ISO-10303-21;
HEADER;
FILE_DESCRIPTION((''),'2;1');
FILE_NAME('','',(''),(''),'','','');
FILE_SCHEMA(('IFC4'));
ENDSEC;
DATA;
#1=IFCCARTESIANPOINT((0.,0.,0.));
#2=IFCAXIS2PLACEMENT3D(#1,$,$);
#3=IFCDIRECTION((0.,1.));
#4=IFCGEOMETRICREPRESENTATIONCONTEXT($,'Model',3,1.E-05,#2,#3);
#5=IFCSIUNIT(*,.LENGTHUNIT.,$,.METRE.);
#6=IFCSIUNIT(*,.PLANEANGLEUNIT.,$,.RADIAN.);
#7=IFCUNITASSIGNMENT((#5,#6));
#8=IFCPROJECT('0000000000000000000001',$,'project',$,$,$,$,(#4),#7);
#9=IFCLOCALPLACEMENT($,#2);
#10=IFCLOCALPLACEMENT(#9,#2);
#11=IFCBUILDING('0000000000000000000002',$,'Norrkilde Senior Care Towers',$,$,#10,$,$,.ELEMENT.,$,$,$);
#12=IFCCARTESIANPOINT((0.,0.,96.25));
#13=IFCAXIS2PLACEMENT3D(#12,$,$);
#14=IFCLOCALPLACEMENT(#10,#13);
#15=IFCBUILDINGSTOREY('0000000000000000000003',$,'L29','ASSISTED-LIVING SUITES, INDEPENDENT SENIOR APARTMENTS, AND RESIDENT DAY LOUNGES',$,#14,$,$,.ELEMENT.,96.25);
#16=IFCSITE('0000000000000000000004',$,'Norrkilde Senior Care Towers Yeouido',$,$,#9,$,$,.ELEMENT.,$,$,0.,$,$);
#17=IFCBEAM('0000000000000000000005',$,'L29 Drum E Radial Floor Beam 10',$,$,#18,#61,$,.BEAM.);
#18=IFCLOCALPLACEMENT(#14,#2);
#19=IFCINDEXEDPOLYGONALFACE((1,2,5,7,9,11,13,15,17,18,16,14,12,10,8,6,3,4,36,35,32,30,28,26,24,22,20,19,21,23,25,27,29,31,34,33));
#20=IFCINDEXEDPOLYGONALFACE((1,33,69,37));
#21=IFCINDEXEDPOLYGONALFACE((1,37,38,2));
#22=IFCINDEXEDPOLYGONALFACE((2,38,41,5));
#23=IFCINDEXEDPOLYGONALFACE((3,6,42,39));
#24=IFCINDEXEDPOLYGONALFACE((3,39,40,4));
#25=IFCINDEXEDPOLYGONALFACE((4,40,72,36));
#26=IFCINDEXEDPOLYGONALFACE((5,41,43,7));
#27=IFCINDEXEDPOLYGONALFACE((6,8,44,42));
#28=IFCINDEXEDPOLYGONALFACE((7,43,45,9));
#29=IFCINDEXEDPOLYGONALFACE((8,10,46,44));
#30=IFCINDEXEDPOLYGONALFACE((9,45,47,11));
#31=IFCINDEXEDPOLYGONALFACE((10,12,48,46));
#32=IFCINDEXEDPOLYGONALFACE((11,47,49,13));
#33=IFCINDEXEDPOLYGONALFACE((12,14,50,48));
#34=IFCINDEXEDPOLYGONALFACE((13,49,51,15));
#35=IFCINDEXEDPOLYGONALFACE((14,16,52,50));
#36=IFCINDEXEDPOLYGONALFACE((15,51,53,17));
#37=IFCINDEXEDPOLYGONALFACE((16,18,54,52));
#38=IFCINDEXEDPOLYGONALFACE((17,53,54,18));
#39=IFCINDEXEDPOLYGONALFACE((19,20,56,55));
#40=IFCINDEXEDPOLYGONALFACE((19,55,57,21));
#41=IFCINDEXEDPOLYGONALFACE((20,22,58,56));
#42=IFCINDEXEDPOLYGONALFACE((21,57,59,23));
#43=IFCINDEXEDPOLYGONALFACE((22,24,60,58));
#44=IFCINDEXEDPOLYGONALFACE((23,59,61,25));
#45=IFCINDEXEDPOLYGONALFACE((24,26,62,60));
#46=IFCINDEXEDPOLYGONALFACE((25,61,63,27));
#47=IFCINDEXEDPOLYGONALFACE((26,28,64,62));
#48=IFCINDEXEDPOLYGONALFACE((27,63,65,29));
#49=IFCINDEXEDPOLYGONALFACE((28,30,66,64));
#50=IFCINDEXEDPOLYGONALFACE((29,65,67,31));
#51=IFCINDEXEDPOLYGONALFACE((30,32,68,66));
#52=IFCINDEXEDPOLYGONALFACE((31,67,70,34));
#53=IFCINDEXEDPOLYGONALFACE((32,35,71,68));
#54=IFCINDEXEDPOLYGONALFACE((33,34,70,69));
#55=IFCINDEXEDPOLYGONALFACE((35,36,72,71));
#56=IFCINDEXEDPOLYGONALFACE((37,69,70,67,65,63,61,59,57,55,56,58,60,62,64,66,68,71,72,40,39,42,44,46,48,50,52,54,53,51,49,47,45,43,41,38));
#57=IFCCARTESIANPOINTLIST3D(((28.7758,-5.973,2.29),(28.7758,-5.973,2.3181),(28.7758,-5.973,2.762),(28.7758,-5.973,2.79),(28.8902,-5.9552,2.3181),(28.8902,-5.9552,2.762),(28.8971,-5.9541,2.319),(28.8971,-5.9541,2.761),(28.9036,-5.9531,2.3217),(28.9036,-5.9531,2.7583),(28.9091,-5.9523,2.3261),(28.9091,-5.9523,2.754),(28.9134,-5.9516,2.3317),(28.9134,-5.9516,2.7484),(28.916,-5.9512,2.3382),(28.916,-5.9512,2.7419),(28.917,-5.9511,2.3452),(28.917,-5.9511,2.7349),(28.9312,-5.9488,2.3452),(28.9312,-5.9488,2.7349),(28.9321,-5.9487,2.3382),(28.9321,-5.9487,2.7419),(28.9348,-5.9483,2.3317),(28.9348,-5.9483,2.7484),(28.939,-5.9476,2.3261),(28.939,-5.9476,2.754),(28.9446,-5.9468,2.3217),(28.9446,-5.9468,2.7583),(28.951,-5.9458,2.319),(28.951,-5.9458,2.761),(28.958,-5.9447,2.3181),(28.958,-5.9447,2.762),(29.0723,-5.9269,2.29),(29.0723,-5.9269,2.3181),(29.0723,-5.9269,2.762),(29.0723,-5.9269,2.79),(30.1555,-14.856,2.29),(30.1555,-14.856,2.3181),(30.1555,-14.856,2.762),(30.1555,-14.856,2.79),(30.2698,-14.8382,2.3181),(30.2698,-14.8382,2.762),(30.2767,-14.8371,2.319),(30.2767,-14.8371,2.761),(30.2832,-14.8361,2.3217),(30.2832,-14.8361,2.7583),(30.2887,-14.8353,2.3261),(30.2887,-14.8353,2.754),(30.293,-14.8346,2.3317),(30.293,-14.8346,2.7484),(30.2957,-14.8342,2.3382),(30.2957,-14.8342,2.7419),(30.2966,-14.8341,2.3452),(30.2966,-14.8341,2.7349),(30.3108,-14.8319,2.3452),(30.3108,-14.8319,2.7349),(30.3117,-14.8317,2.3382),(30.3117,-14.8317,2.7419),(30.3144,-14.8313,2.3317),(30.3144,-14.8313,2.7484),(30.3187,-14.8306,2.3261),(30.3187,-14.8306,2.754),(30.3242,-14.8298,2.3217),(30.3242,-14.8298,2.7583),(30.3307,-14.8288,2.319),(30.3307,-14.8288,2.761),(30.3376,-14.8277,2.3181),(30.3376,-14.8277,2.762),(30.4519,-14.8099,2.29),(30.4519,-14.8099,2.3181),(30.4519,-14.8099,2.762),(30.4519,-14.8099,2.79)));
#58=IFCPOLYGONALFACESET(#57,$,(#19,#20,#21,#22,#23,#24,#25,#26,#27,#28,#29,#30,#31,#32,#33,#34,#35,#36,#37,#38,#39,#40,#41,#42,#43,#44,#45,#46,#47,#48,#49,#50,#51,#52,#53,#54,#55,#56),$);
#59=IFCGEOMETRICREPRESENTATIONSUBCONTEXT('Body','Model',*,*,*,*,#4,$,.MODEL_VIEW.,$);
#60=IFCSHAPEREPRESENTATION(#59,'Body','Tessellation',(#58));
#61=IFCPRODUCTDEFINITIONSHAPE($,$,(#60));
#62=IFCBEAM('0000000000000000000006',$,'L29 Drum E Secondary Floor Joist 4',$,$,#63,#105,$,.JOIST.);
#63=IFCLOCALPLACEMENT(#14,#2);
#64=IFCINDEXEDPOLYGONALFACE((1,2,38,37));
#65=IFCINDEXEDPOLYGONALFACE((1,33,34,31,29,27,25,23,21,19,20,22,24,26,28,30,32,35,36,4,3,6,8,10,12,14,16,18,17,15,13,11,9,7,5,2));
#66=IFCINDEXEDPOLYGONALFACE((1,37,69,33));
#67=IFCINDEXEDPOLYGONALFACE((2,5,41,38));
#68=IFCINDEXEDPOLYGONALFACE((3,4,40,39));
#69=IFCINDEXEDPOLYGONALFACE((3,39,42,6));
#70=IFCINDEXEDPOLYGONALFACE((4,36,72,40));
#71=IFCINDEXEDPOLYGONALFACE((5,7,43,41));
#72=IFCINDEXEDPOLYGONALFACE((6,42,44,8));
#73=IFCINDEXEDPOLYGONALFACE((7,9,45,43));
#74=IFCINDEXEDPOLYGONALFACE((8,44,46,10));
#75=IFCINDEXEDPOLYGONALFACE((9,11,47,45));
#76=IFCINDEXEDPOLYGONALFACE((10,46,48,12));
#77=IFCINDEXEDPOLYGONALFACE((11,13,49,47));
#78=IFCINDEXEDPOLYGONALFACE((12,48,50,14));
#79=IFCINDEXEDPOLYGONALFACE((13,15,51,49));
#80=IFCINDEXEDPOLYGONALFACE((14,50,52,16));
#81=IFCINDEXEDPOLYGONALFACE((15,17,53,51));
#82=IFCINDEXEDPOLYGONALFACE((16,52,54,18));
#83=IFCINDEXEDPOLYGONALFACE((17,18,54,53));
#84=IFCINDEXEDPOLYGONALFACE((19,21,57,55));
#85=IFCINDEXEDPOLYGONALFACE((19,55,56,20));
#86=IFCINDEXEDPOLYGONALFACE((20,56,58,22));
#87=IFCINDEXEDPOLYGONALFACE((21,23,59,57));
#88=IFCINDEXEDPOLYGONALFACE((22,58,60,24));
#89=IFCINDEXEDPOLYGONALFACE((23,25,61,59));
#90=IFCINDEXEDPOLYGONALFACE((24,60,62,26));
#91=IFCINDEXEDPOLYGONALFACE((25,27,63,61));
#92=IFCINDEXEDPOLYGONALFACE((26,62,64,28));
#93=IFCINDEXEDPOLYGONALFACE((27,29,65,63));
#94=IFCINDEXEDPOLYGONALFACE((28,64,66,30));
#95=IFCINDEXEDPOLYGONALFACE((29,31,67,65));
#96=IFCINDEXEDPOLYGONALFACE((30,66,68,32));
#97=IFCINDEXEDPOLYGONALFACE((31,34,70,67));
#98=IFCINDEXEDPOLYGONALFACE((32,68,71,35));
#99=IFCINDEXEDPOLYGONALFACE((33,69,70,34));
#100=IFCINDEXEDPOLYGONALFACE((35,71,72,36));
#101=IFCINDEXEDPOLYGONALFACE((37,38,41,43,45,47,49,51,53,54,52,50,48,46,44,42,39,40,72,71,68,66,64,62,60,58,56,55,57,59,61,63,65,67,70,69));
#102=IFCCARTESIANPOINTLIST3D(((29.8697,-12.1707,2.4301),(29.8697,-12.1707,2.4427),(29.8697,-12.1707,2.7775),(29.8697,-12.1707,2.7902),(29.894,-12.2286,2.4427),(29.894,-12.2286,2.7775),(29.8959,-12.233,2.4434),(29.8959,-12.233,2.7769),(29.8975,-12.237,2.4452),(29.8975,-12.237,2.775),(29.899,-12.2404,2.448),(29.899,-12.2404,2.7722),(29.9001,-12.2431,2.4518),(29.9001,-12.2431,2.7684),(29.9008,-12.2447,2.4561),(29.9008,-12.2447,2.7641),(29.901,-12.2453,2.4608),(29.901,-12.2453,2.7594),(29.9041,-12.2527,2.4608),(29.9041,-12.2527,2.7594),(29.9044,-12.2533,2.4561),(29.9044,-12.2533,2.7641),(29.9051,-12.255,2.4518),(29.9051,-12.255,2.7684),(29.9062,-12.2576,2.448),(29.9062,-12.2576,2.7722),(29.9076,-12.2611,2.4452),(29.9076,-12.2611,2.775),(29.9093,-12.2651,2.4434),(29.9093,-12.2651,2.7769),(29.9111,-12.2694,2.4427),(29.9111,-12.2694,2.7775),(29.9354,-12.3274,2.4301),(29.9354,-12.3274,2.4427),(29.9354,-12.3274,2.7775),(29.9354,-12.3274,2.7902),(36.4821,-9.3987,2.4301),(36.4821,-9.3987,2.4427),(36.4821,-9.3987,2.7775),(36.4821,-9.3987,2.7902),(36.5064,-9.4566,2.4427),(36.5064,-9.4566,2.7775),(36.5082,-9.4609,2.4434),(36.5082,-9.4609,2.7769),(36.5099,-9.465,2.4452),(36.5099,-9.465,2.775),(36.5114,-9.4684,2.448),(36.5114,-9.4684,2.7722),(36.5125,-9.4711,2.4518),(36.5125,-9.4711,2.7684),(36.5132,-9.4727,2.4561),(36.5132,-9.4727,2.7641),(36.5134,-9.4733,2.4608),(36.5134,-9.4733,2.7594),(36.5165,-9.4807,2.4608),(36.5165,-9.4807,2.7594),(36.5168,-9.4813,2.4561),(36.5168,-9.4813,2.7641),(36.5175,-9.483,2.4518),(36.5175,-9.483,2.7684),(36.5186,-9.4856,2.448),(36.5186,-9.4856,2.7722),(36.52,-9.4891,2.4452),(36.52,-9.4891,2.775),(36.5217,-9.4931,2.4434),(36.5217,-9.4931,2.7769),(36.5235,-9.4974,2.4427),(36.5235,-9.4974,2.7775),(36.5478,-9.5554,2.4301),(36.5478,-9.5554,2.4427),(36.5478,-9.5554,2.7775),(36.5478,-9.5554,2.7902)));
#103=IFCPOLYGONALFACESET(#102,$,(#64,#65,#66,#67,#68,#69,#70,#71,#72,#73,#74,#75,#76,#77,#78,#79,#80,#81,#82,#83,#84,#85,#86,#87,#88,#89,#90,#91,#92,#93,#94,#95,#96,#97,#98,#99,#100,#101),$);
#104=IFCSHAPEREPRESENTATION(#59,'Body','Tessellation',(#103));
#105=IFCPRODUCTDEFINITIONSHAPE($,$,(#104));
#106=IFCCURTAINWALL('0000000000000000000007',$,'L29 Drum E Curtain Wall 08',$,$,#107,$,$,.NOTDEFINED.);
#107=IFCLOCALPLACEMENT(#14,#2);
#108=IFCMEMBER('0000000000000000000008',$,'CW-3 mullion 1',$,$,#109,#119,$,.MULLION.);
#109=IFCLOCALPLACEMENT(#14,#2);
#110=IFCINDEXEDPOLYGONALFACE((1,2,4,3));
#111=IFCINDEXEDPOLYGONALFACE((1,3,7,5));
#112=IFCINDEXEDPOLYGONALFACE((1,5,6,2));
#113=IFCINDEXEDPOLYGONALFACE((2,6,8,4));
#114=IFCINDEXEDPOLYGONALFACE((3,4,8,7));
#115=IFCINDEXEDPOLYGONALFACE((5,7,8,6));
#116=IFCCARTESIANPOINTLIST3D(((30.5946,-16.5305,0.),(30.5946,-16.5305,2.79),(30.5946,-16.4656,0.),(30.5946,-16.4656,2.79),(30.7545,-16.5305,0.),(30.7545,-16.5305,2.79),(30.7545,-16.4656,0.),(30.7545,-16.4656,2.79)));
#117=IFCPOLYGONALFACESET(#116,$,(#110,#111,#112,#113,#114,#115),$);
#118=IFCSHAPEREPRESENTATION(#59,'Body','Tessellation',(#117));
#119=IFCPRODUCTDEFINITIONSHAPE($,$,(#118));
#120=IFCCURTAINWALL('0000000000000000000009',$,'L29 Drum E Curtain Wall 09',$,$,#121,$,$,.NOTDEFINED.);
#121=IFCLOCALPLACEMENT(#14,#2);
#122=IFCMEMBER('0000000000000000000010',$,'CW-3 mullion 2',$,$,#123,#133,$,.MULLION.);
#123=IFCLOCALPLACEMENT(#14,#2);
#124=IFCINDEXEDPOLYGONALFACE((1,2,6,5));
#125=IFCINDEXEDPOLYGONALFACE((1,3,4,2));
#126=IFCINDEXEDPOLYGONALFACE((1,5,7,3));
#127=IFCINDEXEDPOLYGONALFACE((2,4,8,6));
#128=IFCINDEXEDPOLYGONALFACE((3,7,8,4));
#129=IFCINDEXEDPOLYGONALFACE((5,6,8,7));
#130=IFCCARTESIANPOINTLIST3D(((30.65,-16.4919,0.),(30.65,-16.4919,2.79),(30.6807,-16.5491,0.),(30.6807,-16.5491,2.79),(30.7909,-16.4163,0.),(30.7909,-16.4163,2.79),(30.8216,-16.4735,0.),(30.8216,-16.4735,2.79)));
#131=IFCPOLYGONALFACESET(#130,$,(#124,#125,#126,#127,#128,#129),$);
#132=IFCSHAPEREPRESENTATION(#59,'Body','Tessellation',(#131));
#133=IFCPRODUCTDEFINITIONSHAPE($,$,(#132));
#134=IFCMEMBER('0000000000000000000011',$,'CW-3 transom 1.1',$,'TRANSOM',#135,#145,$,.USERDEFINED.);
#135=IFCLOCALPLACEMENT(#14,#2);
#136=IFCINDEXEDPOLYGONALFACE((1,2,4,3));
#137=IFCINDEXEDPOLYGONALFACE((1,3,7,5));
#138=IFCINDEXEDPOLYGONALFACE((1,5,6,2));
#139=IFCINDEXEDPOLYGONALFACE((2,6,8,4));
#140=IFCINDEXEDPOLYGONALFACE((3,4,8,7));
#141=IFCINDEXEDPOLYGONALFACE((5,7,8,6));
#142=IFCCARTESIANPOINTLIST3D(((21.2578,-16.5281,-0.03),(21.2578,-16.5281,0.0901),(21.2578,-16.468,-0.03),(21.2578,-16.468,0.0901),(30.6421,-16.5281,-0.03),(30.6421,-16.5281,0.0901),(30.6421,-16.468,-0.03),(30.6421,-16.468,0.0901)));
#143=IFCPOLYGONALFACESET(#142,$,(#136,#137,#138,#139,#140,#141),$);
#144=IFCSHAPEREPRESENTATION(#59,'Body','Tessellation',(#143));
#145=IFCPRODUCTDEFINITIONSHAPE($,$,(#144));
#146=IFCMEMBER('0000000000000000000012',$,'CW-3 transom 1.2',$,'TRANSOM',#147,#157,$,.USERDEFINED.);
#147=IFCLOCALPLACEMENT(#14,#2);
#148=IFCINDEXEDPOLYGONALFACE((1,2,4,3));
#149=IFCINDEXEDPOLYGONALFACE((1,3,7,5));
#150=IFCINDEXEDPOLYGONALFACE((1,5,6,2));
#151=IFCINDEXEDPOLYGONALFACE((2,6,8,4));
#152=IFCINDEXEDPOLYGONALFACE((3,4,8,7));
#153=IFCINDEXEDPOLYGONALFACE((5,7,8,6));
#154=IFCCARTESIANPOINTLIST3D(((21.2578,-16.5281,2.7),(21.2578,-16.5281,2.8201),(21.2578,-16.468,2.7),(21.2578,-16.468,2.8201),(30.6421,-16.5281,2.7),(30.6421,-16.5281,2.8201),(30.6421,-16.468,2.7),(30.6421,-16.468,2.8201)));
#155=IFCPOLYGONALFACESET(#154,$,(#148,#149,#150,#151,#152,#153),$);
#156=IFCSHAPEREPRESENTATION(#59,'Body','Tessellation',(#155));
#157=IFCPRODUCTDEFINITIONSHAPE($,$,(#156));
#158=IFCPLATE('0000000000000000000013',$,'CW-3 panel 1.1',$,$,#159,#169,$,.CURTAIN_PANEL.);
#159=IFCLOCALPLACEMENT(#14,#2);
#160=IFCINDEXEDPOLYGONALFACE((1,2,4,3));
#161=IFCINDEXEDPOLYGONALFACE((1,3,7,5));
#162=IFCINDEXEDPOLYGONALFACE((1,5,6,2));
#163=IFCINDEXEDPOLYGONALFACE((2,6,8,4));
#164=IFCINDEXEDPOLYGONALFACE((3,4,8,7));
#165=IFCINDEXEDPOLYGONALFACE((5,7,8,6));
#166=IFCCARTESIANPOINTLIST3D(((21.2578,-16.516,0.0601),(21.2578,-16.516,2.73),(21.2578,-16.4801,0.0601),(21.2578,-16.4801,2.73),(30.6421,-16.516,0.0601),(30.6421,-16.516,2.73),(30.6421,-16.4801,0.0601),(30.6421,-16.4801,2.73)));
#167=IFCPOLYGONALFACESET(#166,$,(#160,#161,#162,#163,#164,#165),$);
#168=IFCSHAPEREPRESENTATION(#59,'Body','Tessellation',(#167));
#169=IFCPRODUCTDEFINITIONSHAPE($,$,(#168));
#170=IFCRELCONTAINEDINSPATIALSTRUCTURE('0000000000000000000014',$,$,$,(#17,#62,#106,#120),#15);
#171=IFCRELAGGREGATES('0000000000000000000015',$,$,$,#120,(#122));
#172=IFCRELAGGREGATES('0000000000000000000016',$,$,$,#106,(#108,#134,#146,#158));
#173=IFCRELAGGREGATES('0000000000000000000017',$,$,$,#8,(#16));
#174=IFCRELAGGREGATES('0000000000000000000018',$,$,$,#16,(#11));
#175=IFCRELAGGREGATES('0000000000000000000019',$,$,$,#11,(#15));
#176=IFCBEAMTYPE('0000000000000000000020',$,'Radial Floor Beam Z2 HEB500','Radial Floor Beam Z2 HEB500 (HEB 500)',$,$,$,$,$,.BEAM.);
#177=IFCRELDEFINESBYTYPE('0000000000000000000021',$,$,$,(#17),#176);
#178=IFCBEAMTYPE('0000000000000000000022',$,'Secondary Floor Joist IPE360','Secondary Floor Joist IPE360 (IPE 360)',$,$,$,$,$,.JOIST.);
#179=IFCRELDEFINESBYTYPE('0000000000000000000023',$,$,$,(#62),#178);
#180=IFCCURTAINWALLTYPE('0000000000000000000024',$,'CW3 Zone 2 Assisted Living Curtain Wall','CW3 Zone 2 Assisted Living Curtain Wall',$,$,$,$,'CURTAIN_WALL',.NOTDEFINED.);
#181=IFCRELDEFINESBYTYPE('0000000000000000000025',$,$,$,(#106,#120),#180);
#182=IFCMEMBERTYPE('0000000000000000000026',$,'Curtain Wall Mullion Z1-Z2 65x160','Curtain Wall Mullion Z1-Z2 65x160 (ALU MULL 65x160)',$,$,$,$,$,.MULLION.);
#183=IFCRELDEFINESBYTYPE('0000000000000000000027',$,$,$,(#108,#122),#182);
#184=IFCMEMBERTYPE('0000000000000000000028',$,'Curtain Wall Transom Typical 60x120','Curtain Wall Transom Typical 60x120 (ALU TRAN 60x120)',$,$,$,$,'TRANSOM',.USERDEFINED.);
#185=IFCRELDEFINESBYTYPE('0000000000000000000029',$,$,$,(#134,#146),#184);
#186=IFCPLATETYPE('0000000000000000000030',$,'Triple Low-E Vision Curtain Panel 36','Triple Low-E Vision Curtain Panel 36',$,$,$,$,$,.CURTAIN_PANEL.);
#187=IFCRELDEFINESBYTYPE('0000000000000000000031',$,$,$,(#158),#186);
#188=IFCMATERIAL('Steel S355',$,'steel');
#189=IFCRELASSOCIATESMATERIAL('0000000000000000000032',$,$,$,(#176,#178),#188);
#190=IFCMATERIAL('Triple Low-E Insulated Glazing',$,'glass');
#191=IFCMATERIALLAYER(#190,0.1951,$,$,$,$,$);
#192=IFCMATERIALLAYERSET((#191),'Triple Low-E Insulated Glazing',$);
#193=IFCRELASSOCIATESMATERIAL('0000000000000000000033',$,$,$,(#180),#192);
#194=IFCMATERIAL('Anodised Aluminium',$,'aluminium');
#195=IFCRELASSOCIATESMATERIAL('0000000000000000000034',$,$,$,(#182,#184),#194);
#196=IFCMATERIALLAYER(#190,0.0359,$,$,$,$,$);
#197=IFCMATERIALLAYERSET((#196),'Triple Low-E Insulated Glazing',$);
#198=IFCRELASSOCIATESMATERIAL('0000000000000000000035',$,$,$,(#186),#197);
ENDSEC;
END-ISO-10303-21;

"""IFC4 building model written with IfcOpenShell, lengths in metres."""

from ifc_helpers import new_model, si_unit, direction, frame, origin, origin_2d, place, context, subcontext, project, spatial, rectangle, i_section, extrude, source, transform, mapped, material, layer, layer_set, material_profile, profile_set, type_object, type_shapes, element, aggregate, save


model = new_model("IFC4")

# Units and contexts
model_context = context("Model", 3, precision=1e-05, world=origin(), true_north=direction((0.0, 1.0)))
body_context = subcontext(model_context, "Body", "Model", "MODEL_VIEW")
ifc_project = project(units=[si_unit("LENGTHUNIT", "METRE"), si_unit("PLANEANGLEUNIT", "RADIAN")], contexts=[model_context])

# Site, building, storey
site_placement = place(None, origin())
site = spatial("IfcSite", under=ifc_project, at=site_placement, Name="Norrkilde Senior Care Towers Yeouido", CompositionType="ELEMENT", RefElevation=0.0)
building_placement = place(site_placement, origin())
building = spatial("IfcBuilding", under=site, at=building_placement, Name="Norrkilde Senior Care Towers", CompositionType="ELEMENT")
storey_placement = place(building_placement, frame((0.0, 0.0, 96.25)))
storey = spatial("IfcBuildingStorey", under=building, at=storey_placement, Name="L29", Description="ASSISTED-LIVING SUITES, INDEPENDENT SENIOR APARTMENTS, AND RESIDENT DAY LOUNGES", CompositionType="ELEMENT", Elevation=96.25)

# Beams
ifc_material_1 = material(Name="Steel S355", Category="steel")
ifc_material_profile_1 = material_profile(ifc_material_1, i_section(OverallWidth=0.3, OverallDepth=0.5, WebThickness=0.0144, FlangeThickness=0.0281, FilletRadius=0.0271, at=origin_2d()), Name="HEB 500")
ifc_profile_set_1 = profile_set([ifc_material_profile_1], Name="Steel S355")
beam_type_1 = type_object("IfcBeamType", Name="Radial Floor Beam Z2 HEB500", Description="Radial Floor Beam Z2 HEB500 (HEB 500)", PredefinedType="BEAM", material=ifc_profile_set_1)
shared_shape_1 = source(origin(), body_context, "Body", "SweptSolid", [
    extrude(i_section(OverallWidth=0.3, OverallDepth=0.5, WebThickness=0.0144, FlangeThickness=0.0281, FilletRadius=0.0271, at=origin_2d()), origin(), (0.0, 0.0, 1.0), 8.9895),
])
beam_1_placement = place(storey_placement, frame((28.9241, -5.95, 2.54), z_axis=(0.153471, -0.988153, 0.0), x_axis=(0.988153, 0.153471, 0.0)))
element("IfcBeam", 1, at=beam_1_placement, inside=storey, type_object=beam_type_1, Name="L29 Drum E Radial Floor Beam 10", PredefinedType="BEAM", context=body_context, shape_type="MappedRepresentation", body=[
    mapped(shared_shape_1, transform((0.0, 0.0, 0.0), x_axis=(1.0, 0.0, 0.0), y_axis=(0.0, 1.0, 0.0), z_axis=(0.0, 0.0, 1.0), scale=1.0)),
])
ifc_material_profile_2 = material_profile(ifc_material_1, i_section(OverallWidth=0.1699, OverallDepth=0.3601, WebThickness=0.0081, FlangeThickness=0.0127, FilletRadius=0.0181, at=origin_2d()), Name="IPE 360")
ifc_profile_set_2 = profile_set([ifc_material_profile_2], Name="Steel S355")
beam_type_2 = type_object("IfcBeamType", Name="Secondary Floor Joist IPE360", Description="Secondary Floor Joist IPE360 (IPE 360)", PredefinedType="JOIST", material=ifc_profile_set_2)
shared_shape_2 = source(origin(), body_context, "Body", "SweptSolid", [
    extrude(i_section(OverallWidth=0.1699, OverallDepth=0.3601, WebThickness=0.0081, FlangeThickness=0.0127, FilletRadius=0.0181, at=origin_2d()), origin(), (0.0, 0.0, 1.0), 7.1699),
])
type_shapes(beam_type_2, [shared_shape_2])
beam_2_placement = place(storey_placement, frame((29.9026, -12.249, 2.6101), z_axis=(0.922241, 0.386616, 0.0), x_axis=(-0.386616, 0.922241, 0.0)))
element("IfcBeam", 2, at=beam_2_placement, inside=storey, type_object=beam_type_2, Name="L29 Drum E Secondary Floor Joist 4", PredefinedType="JOIST", context=body_context, shape_type="MappedRepresentation", body=[
    mapped(shared_shape_2, transform((0.0, 0.0, 0.0), x_axis=(1.0, 0.0, 0.0), y_axis=(0.0, 1.0, 0.0), z_axis=(0.0, 0.0, 1.0), scale=1.0)),
])

# Curtain walls, members
ifc_material_2 = material(Name="Triple Low-E Insulated Glazing", Category="glass")
ifc_layer_1 = layer(ifc_material_2, 0.1951)
ifc_layer_set_1 = layer_set([ifc_layer_1], Name="Triple Low-E Insulated Glazing")
curtain_wall_type = type_object("IfcCurtainWallType", Name="CW3 Zone 2 Assisted Living Curtain Wall", Description="CW3 Zone 2 Assisted Living Curtain Wall", ElementType="CURTAIN_WALL", PredefinedType="NOTDEFINED", material=ifc_layer_set_1)
curtain_wall_1_placement = place(storey_placement, origin())
curtain_wall_1 = element("IfcCurtainWall", 3, at=curtain_wall_1_placement, inside=storey, type_object=curtain_wall_type, Name="L29 Drum E Curtain Wall 08", PredefinedType="NOTDEFINED")
ifc_material_3 = material(Name="Anodised Aluminium", Category="aluminium")
ifc_material_profile_3 = material_profile(ifc_material_3, rectangle(XDim=0.0649, YDim=0.1599, at=origin_2d()), Name="ALU MULL 65x160")
ifc_profile_set_3 = profile_set([ifc_material_profile_3], Name="Anodised Aluminium")
member_type_1 = type_object("IfcMemberType", Name="Curtain Wall Mullion Z1-Z2 65x160", Description="Curtain Wall Mullion Z1-Z2 65x160 (ALU MULL 65x160)", PredefinedType="MULLION", material=ifc_profile_set_3)
shared_shape_3 = source(origin(), body_context, "Body", "SweptSolid", [
    extrude(rectangle(XDim=0.0649, YDim=0.1599, at=origin_2d()), origin(), (0.0, 0.0, 1.0), 2.79),
])
type_shapes(member_type_1, [shared_shape_3])
member_1_placement = place(storey_placement, frame((30.6746, -16.498, 0.0), z_axis=(0.0, 0.0, 1.0), x_axis=(0.0, -1.0, 0.0)))
member_1 = element("IfcMember", 4, at=member_1_placement, type_object=member_type_1, Name="CW-3 mullion 1", PredefinedType="MULLION", context=body_context, shape_type="MappedRepresentation", body=[
    mapped(shared_shape_3, transform((0.0, 0.0, 0.0), x_axis=(1.0, 0.0, 0.0), y_axis=(0.0, 1.0, 0.0), z_axis=(0.0, 0.0, 1.0), scale=1.0)),
])
curtain_wall_2_placement = place(storey_placement, origin())
curtain_wall_2 = element("IfcCurtainWall", 5, at=curtain_wall_2_placement, inside=storey, type_object=curtain_wall_type, Name="L29 Drum E Curtain Wall 09", PredefinedType="NOTDEFINED")
member_2_placement = place(storey_placement, frame((30.7358, -16.4827, 0.0), z_axis=(0.0, 0.0, 1.0), x_axis=(0.472769, -0.881186, 0.0)))
member_2 = element("IfcMember", 6, at=member_2_placement, type_object=member_type_1, Name="CW-3 mullion 2", PredefinedType="MULLION", context=body_context, shape_type="MappedRepresentation", body=[
    mapped(shared_shape_3, transform((0.0, 0.0, 0.0), x_axis=(1.0, 0.0, 0.0), y_axis=(0.0, 1.0, 0.0), z_axis=(0.0, 0.0, 1.0), scale=1.0)),
])
aggregate(curtain_wall_2, [member_2])

# Members
ifc_material_profile_4 = material_profile(ifc_material_3, rectangle(XDim=0.0601, YDim=0.1201, at=origin_2d()), Name="ALU TRAN 60x120")
ifc_profile_set_4 = profile_set([ifc_material_profile_4], Name="Anodised Aluminium")
member_type_2 = type_object("IfcMemberType", Name="Curtain Wall Transom Typical 60x120", Description="Curtain Wall Transom Typical 60x120 (ALU TRAN 60x120)", ElementType="TRANSOM", PredefinedType="USERDEFINED", material=ifc_profile_set_4)
shared_shape_4 = source(origin(), body_context, "Body", "SweptSolid", [
    extrude(rectangle(XDim=0.0601, YDim=0.1201, at=origin_2d()), origin(), (0.0, 0.0, 1.0), 9.3843),
])
type_shapes(member_type_2, [shared_shape_4])
member_3_placement = place(storey_placement, frame((30.6421, -16.498, 0.03), z_axis=(-1.0, 0.0, 0.0), x_axis=(0.0, -1.0, 0.0)))
member_3 = element("IfcMember", 7, at=member_3_placement, type_object=member_type_2, Name="CW-3 transom 1.1", ObjectType="TRANSOM", PredefinedType="USERDEFINED", context=body_context, shape_type="MappedRepresentation", body=[
    mapped(shared_shape_4, transform((0.0, 0.0, 0.0), x_axis=(1.0, 0.0, 0.0), y_axis=(0.0, 1.0, 0.0), z_axis=(0.0, 0.0, 1.0), scale=1.0)),
])
member_4_placement = place(storey_placement, frame((30.6421, -16.498, 2.76), z_axis=(-1.0, 0.0, 0.0), x_axis=(0.0, -1.0, 0.0)))
member_4 = element("IfcMember", 8, at=member_4_placement, type_object=member_type_2, Name="CW-3 transom 1.2", ObjectType="TRANSOM", PredefinedType="USERDEFINED", context=body_context, shape_type="MappedRepresentation", body=[
    mapped(shared_shape_4, transform((0.0, 0.0, 0.0), x_axis=(1.0, 0.0, 0.0), y_axis=(0.0, 1.0, 0.0), z_axis=(0.0, 0.0, 1.0), scale=1.0)),
])

# Plate
ifc_layer_2 = layer(ifc_material_2, 0.0359)
ifc_layer_set_2 = layer_set([ifc_layer_2], Name="Triple Low-E Insulated Glazing")
plate_type = type_object("IfcPlateType", Name="Triple Low-E Vision Curtain Panel 36", Description="Triple Low-E Vision Curtain Panel 36", PredefinedType="CURTAIN_PANEL", material=ifc_layer_set_2)
shared_shape_5 = source(origin(), body_context, "Body", "SweptSolid", [
    extrude(rectangle(XDim=9.3843, YDim=0.0359, at=origin_2d()), origin(), (0.0, 0.0, 1.0), 2.6699),
])
type_shapes(plate_type, [shared_shape_5])
plate_placement = place(storey_placement, frame((25.95, -16.498, 0.0601), z_axis=(0.0, 0.0, 1.0), x_axis=(-1.0, 0.0, 0.0)))
plate = element("IfcPlate", 9, at=plate_placement, type_object=plate_type, Name="CW-3 panel 1.1", PredefinedType="CURTAIN_PANEL", context=body_context, shape_type="MappedRepresentation", body=[
    mapped(shared_shape_5, transform((0.0, 0.0, 0.0), x_axis=(1.0, 0.0, 0.0), y_axis=(0.0, 1.0, 0.0), z_axis=(0.0, 0.0, 1.0), scale=1.0)),
])
aggregate(curtain_wall_1, [member_1, member_3, member_4, plate])

save(model, "model.ifc")
